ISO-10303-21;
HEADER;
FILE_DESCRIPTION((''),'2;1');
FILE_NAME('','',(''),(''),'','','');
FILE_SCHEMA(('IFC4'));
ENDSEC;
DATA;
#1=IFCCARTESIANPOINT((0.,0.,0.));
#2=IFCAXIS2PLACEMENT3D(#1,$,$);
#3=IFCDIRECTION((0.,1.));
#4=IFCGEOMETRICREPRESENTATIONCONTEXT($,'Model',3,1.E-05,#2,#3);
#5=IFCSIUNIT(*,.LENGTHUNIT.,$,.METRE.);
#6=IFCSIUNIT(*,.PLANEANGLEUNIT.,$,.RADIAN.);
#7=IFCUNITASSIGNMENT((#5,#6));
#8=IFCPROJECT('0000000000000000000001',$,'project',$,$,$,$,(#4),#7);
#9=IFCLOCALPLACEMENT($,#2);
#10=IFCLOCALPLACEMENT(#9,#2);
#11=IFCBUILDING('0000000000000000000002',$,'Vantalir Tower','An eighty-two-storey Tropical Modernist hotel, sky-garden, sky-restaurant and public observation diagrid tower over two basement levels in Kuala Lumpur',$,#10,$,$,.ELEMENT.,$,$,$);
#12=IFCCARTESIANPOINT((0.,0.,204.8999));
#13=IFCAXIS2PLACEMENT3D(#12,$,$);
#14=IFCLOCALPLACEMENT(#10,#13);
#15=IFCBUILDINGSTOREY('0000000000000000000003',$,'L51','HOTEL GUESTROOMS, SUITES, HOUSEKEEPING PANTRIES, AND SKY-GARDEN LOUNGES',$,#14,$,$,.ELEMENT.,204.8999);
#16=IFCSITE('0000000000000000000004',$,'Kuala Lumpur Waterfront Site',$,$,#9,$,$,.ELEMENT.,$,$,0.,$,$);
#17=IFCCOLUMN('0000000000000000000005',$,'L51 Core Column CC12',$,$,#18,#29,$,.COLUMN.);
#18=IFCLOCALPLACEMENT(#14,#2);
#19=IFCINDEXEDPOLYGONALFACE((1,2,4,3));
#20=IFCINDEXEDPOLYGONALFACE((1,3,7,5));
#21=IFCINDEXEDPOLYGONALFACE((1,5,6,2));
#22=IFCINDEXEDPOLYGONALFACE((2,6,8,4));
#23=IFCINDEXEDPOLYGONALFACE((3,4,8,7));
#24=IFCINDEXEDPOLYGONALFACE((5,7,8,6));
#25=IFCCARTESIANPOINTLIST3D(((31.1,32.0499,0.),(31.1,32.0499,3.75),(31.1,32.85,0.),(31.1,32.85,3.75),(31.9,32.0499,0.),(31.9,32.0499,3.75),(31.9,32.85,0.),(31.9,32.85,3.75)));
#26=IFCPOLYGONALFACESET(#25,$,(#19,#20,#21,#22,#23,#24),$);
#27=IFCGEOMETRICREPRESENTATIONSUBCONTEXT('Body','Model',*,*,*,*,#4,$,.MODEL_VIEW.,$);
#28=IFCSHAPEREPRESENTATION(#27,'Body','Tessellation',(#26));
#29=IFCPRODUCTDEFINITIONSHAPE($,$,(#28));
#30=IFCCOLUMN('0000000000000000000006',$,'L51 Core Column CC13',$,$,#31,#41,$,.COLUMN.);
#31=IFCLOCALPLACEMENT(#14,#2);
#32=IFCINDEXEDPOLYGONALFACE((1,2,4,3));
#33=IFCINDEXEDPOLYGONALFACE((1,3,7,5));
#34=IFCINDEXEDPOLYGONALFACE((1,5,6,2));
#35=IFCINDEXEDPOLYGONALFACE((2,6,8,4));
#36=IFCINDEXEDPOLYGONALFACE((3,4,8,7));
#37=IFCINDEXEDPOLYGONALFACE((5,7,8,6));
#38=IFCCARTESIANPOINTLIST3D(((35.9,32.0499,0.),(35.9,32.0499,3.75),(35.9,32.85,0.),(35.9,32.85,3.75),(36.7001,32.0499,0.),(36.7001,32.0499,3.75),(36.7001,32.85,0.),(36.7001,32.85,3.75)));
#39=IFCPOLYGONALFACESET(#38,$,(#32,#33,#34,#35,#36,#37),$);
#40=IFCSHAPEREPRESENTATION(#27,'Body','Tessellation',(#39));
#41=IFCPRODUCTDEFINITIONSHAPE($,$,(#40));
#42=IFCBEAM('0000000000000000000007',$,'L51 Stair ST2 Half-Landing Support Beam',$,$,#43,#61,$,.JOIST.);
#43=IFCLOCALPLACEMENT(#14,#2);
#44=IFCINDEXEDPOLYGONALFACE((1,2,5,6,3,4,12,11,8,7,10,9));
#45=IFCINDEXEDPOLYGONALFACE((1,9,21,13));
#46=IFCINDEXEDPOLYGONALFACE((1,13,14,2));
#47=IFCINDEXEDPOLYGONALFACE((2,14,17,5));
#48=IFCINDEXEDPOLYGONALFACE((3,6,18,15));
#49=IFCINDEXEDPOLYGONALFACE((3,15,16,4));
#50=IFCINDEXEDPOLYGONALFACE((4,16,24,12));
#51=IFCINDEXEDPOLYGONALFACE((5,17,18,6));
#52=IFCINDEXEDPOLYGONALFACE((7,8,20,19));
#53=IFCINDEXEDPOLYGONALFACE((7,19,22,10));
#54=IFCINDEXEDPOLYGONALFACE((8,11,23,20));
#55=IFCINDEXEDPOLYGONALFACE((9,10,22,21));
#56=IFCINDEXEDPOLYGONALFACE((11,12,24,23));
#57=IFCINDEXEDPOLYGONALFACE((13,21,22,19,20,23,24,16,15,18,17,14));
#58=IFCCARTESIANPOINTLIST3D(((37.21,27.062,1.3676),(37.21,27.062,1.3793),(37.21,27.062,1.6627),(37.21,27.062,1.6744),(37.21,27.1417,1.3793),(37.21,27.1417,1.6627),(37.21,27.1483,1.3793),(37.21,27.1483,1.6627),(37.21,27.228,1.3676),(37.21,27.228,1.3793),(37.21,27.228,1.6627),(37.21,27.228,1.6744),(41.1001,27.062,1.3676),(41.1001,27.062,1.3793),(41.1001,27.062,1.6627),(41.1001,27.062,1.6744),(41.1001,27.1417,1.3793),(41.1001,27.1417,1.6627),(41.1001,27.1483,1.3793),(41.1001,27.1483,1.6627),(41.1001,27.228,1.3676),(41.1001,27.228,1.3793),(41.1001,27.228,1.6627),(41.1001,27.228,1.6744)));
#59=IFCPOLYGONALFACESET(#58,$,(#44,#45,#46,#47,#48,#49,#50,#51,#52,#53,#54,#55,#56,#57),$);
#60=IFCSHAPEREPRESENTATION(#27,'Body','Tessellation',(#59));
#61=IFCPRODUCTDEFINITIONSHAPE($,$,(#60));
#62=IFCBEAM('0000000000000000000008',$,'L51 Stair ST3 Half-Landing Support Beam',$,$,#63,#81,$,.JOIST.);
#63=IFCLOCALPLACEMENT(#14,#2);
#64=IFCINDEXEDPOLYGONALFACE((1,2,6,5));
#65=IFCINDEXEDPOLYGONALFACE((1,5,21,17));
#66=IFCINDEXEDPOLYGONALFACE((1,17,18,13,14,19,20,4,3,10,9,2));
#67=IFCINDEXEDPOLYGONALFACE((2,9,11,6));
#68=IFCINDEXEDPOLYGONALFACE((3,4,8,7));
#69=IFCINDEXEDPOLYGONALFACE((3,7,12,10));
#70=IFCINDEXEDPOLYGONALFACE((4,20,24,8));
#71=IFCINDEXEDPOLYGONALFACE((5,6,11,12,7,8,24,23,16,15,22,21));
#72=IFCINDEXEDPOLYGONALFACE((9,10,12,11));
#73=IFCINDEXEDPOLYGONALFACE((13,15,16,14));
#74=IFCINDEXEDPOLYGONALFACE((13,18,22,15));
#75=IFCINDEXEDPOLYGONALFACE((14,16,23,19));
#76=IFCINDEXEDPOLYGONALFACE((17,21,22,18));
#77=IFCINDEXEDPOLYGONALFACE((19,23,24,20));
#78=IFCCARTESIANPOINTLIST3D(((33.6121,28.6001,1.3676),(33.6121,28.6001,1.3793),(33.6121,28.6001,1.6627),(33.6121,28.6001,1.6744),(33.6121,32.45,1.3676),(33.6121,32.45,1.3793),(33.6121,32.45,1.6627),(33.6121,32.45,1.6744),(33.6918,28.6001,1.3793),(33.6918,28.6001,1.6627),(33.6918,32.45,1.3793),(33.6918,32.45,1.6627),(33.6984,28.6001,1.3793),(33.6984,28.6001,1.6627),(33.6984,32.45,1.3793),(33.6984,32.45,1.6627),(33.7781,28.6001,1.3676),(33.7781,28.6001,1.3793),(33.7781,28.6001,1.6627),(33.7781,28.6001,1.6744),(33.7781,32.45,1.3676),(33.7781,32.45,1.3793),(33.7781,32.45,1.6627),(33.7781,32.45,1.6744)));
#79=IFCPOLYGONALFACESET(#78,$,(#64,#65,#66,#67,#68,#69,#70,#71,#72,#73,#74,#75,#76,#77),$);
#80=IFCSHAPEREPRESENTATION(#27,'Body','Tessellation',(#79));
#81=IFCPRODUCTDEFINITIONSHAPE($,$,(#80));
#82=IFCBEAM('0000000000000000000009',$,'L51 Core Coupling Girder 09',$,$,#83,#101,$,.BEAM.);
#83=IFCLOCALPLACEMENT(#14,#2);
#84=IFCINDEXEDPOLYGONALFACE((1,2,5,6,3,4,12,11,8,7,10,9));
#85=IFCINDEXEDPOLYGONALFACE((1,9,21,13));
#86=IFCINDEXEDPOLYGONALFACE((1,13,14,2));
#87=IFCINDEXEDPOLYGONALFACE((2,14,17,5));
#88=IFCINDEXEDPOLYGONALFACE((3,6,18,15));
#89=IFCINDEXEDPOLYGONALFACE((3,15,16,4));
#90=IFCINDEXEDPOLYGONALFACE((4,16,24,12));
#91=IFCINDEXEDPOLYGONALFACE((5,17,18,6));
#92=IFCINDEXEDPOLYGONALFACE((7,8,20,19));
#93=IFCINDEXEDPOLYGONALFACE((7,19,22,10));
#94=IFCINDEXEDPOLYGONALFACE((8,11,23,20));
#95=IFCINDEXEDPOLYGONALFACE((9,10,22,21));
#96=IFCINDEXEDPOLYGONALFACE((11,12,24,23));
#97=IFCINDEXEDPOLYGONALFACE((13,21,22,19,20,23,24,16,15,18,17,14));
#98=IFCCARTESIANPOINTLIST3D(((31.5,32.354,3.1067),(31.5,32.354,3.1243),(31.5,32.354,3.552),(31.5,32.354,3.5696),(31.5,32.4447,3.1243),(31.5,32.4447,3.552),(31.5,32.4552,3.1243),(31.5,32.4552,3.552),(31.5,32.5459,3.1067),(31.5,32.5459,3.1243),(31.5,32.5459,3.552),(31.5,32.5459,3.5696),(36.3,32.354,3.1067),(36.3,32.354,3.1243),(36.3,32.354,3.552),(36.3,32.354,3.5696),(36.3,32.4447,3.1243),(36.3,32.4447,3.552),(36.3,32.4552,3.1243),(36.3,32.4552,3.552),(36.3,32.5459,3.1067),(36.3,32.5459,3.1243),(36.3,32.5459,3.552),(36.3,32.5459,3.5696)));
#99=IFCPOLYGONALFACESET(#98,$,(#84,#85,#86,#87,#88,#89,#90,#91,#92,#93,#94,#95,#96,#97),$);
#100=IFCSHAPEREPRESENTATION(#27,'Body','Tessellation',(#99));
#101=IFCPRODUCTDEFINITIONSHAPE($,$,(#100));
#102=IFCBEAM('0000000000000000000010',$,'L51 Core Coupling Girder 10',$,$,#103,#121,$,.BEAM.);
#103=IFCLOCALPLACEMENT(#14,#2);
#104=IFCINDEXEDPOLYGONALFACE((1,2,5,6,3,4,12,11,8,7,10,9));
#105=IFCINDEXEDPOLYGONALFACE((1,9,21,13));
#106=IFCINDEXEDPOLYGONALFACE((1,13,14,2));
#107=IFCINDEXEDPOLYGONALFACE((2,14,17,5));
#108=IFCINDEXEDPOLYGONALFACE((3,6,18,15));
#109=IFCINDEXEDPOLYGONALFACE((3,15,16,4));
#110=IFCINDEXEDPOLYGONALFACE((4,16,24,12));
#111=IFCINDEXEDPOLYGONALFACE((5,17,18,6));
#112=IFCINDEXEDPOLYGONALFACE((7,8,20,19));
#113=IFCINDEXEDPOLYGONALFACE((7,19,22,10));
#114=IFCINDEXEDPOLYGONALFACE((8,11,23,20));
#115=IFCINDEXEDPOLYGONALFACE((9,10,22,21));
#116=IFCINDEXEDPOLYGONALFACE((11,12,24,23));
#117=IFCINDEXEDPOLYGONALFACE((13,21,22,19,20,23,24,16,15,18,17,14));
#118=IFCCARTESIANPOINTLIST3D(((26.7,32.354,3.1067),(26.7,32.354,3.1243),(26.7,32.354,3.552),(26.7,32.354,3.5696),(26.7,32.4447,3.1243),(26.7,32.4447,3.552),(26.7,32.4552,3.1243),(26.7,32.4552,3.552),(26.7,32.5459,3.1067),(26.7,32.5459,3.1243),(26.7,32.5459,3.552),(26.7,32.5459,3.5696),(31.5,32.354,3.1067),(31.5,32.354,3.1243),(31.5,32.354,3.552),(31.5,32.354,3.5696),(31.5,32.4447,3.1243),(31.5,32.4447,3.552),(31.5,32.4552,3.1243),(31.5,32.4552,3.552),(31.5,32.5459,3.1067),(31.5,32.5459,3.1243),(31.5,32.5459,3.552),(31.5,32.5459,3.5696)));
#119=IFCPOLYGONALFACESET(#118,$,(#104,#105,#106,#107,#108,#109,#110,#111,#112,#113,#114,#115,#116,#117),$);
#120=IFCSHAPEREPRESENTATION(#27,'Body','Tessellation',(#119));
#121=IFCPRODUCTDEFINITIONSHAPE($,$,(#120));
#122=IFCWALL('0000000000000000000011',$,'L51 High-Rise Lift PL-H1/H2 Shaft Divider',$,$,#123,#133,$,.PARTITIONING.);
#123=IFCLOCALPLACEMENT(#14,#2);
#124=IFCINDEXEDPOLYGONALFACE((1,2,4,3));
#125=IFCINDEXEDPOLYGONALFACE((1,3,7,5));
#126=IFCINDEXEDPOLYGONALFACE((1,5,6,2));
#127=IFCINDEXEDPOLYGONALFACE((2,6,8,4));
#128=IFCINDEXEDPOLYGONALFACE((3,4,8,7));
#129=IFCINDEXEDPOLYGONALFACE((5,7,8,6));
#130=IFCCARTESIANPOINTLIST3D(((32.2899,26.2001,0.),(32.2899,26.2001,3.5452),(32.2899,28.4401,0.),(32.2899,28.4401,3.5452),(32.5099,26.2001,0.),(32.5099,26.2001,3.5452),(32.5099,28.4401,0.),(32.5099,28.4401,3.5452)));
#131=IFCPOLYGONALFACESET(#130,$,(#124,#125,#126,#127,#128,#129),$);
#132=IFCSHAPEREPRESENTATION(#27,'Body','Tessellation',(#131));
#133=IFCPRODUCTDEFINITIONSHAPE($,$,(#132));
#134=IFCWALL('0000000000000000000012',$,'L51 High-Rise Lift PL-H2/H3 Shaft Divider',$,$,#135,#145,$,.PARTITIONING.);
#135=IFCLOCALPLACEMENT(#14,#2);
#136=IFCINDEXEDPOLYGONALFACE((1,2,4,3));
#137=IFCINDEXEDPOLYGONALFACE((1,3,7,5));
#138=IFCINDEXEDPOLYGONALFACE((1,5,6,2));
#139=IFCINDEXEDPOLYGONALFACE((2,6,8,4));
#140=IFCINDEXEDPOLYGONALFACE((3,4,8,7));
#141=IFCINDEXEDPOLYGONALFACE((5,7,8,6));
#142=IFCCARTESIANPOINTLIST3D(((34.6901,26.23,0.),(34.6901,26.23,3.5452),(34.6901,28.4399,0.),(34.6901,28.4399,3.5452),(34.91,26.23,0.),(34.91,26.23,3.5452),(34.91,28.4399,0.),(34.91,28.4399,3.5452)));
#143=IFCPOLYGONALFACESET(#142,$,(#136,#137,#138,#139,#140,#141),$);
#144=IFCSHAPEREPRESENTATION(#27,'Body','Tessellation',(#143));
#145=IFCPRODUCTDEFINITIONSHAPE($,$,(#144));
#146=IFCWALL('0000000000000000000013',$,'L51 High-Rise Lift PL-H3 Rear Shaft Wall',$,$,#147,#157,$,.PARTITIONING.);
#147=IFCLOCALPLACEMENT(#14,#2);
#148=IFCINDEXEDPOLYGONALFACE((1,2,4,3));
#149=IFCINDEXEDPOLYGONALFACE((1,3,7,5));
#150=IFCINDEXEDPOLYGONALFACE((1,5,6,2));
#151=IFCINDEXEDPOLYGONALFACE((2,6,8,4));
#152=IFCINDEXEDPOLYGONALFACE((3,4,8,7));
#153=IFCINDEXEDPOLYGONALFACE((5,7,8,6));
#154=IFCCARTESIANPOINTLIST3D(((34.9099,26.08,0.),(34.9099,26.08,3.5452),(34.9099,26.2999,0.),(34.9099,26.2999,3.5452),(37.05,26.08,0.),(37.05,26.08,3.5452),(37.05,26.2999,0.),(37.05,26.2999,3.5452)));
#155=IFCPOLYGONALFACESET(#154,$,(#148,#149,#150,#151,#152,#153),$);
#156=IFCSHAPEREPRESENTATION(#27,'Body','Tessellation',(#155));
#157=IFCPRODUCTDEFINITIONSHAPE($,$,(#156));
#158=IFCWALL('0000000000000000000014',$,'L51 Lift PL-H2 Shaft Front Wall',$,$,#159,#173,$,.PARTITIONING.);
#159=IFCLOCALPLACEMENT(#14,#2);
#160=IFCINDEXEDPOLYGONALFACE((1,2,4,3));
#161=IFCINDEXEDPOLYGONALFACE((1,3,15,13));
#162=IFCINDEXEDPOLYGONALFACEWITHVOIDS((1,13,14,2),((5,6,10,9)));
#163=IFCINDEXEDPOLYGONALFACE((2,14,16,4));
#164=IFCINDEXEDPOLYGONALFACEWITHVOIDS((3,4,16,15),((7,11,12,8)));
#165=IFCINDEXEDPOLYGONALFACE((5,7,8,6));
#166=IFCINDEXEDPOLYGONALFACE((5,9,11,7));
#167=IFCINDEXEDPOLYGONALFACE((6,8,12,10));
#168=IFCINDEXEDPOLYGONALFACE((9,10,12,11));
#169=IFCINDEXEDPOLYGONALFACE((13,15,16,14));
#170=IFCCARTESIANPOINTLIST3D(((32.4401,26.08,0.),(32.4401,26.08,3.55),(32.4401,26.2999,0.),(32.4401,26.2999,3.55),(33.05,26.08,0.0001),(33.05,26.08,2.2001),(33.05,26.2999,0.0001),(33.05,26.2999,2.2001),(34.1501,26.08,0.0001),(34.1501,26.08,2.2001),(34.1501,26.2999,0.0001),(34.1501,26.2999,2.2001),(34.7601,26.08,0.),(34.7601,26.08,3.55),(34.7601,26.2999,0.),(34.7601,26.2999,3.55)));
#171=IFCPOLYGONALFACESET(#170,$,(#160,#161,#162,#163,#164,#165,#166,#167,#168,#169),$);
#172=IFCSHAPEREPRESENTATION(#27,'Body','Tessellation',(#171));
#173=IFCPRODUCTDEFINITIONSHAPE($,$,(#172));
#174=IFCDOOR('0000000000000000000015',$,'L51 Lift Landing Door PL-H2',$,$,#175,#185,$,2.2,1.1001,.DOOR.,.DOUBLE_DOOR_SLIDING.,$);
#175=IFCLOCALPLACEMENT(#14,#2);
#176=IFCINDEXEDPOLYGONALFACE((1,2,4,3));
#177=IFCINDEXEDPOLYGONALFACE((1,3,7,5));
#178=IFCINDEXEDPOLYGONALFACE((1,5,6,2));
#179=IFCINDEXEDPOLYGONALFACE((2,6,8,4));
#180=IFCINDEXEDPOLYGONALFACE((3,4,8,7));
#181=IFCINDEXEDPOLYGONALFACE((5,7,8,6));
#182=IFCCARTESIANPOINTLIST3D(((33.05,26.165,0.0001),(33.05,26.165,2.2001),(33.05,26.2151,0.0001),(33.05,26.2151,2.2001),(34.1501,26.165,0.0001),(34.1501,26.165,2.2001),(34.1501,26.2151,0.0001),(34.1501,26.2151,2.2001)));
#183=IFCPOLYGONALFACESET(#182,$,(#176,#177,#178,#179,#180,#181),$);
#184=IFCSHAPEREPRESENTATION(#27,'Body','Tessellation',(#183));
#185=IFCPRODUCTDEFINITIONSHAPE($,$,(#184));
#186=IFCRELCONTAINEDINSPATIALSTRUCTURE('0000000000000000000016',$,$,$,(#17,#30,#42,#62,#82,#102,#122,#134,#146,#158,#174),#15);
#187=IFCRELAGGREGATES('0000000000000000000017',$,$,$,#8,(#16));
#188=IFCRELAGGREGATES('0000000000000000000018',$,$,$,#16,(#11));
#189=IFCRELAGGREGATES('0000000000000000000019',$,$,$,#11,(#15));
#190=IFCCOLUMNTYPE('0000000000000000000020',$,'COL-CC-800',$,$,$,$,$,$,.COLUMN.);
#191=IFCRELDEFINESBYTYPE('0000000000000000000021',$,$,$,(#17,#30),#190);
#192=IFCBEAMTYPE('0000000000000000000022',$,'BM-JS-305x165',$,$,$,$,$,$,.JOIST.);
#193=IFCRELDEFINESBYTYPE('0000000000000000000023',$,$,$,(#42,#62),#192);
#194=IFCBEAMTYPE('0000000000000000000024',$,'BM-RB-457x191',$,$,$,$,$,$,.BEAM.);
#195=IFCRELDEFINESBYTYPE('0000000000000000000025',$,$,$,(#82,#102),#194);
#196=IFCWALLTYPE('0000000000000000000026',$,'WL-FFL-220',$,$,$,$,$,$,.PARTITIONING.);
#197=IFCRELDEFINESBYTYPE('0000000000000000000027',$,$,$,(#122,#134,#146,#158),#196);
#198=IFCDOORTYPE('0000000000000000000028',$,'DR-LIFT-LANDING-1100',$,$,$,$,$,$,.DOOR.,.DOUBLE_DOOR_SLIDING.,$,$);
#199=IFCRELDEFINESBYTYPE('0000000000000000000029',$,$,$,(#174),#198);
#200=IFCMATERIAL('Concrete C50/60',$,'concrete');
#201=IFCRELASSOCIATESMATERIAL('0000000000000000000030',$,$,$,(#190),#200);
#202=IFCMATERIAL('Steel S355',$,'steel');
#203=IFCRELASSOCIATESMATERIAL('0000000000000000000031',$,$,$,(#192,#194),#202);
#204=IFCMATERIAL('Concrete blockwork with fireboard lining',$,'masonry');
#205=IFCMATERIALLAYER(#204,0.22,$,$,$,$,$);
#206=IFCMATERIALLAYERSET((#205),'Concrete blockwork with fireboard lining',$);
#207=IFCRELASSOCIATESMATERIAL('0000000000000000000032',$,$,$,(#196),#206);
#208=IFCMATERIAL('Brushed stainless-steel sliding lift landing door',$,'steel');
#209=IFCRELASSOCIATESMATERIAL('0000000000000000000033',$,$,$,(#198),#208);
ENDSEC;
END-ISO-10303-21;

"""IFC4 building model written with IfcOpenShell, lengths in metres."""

from ifc_helpers import new_model, si_unit, direction, frame, frame_2d, origin, origin_2d, place, context, subcontext, project, spatial, rectangle, i_section, extrude, material, layer, layer_set, material_profile, profile_set, type_object, element, fill, save


model = new_model("IFC4")

# Units and contexts
model_context = context("Model", 3, precision=1e-05, world=origin(), true_north=direction((0.0, 1.0)))
body_context = subcontext(model_context, "Body", "Model", "MODEL_VIEW")
ifc_project = project(units=[si_unit("LENGTHUNIT", "METRE"), si_unit("PLANEANGLEUNIT", "RADIAN")], contexts=[model_context])

# Site, building, storey
site_placement = place(None, origin())
site = spatial("IfcSite", under=ifc_project, at=site_placement, Name="Kuala Lumpur Waterfront Site", CompositionType="ELEMENT", RefElevation=0.0)
building_placement = place(site_placement, origin())
building = spatial("IfcBuilding", under=site, at=building_placement, Name="Vantalir Tower", Description="An eighty-two-storey Tropical Modernist hotel, sky-garden, sky-restaurant and public observation diagrid tower over two basement levels in Kuala Lumpur", CompositionType="ELEMENT")
storey_placement = place(building_placement, frame((0.0, 0.0, 204.8999)))
storey = spatial("IfcBuildingStorey", under=building, at=storey_placement, Name="L51", Description="HOTEL GUESTROOMS, SUITES, HOUSEKEEPING PANTRIES, AND SKY-GARDEN LOUNGES", CompositionType="ELEMENT", Elevation=204.8999)

# Columns
ifc_material_1 = material(Name="Concrete C50/60", Category="concrete")
ifc_material_profile_1 = material_profile(ifc_material_1, rectangle(XDim=0.8, YDim=0.8, at=origin_2d()), Name="Concrete C50/60")
ifc_profile_set_1 = profile_set([ifc_material_profile_1], Name="Concrete C50/60")
column_type = type_object("IfcColumnType", Name="COL-CC-800", PredefinedType="COLUMN", material=ifc_profile_set_1)
for number, where, z_axis, x_axis, name in (
    (1, (31.5, 32.45, 0.0), (0.0, 0.0, 1.0), (1.0, 0.0, 0.0), "L51 Core Column CC12"),
    (2, (36.3, 32.45, 0.0), (0.0, 0.0, 1.0), (1.0, 0.0, 0.0), "L51 Core Column CC13"),
):
    element("IfcColumn", number, at=place(storey_placement, frame(where, z_axis=z_axis, x_axis=x_axis)), inside=storey, type_object=column_type, Name=name, PredefinedType="COLUMN", context=body_context, shape_type="SweptSolid", body=[
        extrude(rectangle(XDim=0.8, YDim=0.8, at=origin_2d()), origin(), (0.0, 0.0, 1.0), 3.75),
    ])

# Beams
ifc_material_2 = material(Name="Steel S355", Category="steel")
ifc_material_profile_2 = material_profile(ifc_material_2, i_section(OverallWidth=0.166, OverallDepth=0.3069, WebThickness=0.0066, FlangeThickness=0.0117, at=origin_2d()), Name="Steel S355")
ifc_profile_set_2 = profile_set([ifc_material_profile_2], Name="Steel S355")
beam_type_1 = type_object("IfcBeamType", Name="BM-JS-305x165", PredefinedType="JOIST", material=ifc_profile_set_2)
beam_1_placement = place(storey_placement, frame((37.21, 27.145, 1.521), z_axis=(1.0, 0.0, 0.0), x_axis=(0.0, 1.0, 0.0)))
element("IfcBeam", 3, at=beam_1_placement, inside=storey, type_object=beam_type_1, Name="L51 Stair ST2 Half-Landing Support Beam", PredefinedType="JOIST", context=body_context, shape_type="SweptSolid", body=[
    extrude(i_section(OverallWidth=0.166, OverallDepth=0.3069, WebThickness=0.0066, FlangeThickness=0.0117, at=origin_2d()), origin(), (0.0, 0.0, 1.0), 3.8901),
])
beam_2_placement = place(storey_placement, frame((33.6951, 28.6001, 1.521), z_axis=(0.0, 1.0, 0.0), x_axis=(-1.0, 0.0, 0.0)))
element("IfcBeam", 4, at=beam_2_placement, inside=storey, type_object=beam_type_1, Name="L51 Stair ST3 Half-Landing Support Beam", PredefinedType="JOIST", context=body_context, shape_type="SweptSolid", body=[
    extrude(i_section(OverallWidth=0.166, OverallDepth=0.3069, WebThickness=0.0066, FlangeThickness=0.0117, at=origin_2d()), origin(), (0.0, 0.0, 1.0), 3.8499),
])
ifc_material_profile_3 = material_profile(ifc_material_2, i_section(OverallWidth=0.1919, OverallDepth=0.4629, WebThickness=0.0105, FlangeThickness=0.0176, at=origin_2d()), Name="Steel S355")
ifc_profile_set_3 = profile_set([ifc_material_profile_3], Name="Steel S355")
beam_type_2 = type_object("IfcBeamType", Name="BM-RB-457x191", PredefinedType="BEAM", material=ifc_profile_set_3)
for number, where, z_axis, x_axis, name in (
    (5, (36.3, 32.45, 3.3381), (-1.0, 0.0, 0.0), (0.0, -1.0, 0.0), "L51 Core Coupling Girder 09"),
    (6, (31.5, 32.45, 3.3381), (-1.0, 0.0, 0.0), (0.0, -1.0, 0.0), "L51 Core Coupling Girder 10"),
):
    element("IfcBeam", number, at=place(storey_placement, frame(where, z_axis=z_axis, x_axis=x_axis)), inside=storey, type_object=beam_type_2, Name=name, PredefinedType="BEAM", context=body_context, shape_type="SweptSolid", body=[
        extrude(i_section(OverallWidth=0.1919, OverallDepth=0.4629, WebThickness=0.0105, FlangeThickness=0.0176, at=origin_2d()), origin(), (0.0, 0.0, 1.0), 4.8),
    ])

# Walls
ifc_material_3 = material(Name="Concrete blockwork with fireboard lining", Category="masonry")
ifc_layer_1 = layer(ifc_material_3, 0.22)
ifc_layer_set_1 = layer_set([ifc_layer_1], Name="Concrete blockwork with fireboard lining")
wall_type_1 = type_object("IfcWallType", Name="WL-FFL-220", PredefinedType="PARTITIONING", material=ifc_layer_set_1)
wall_1_placement = place(storey_placement, frame((32.3999, 26.2, 0.0), z_axis=(0.0, 0.0, 1.0), x_axis=(0.0, 1.0, 0.0)))
element("IfcWall", 7, at=wall_1_placement, inside=storey, type_object=wall_type_1, Name="L51 High-Rise Lift PL-H1/H2 Shaft Divider", PredefinedType="PARTITIONING", context=body_context, shape_type="SweptSolid", body=[
    extrude(rectangle(XDim=2.24, YDim=0.22, at=frame_2d((1.1201, 0.0))), origin(), (0.0, 0.0, 1.0), 3.5452),
])
wall_2_placement = place(storey_placement, frame((34.8, 26.23, 0.0), z_axis=(0.0, 0.0, 1.0), x_axis=(0.0, 1.0, 0.0)))
element("IfcWall", 8, at=wall_2_placement, inside=storey, type_object=wall_type_1, Name="L51 High-Rise Lift PL-H2/H3 Shaft Divider", PredefinedType="PARTITIONING", context=body_context, shape_type="SweptSolid", body=[
    extrude(rectangle(XDim=2.21, YDim=0.22, at=frame_2d((1.105, 0.0))), origin(), (0.0, 0.0, 1.0), 3.5452),
])
wall_3_placement = place(storey_placement, frame((34.9099, 26.1899, 0.0), z_axis=(0.0, 0.0, 1.0), x_axis=(1.0, 0.0, 0.0)))
element("IfcWall", 9, at=wall_3_placement, inside=storey, type_object=wall_type_1, Name="L51 High-Rise Lift PL-H3 Rear Shaft Wall", PredefinedType="PARTITIONING", context=body_context, shape_type="SweptSolid", body=[
    extrude(rectangle(XDim=2.1401, YDim=0.22, at=frame_2d((1.0701, 0.0))), origin(), (0.0, 0.0, 1.0), 3.5452),
])

# Wall, opening, door
wall_4_placement = place(storey_placement, frame((32.4399, 26.1899, 0.0), z_axis=(0.0, 0.0, 1.0), x_axis=(1.0, 0.0, 0.0)))
wall_4 = element("IfcWall", 10, at=wall_4_placement, inside=storey, type_object=wall_type_1, Name="L51 Lift PL-H2 Shaft Front Wall", PredefinedType="PARTITIONING", context=body_context, shape_type="SweptSolid", body=[
    extrude(rectangle(XDim=2.3201, YDim=0.22, at=frame_2d((1.1602, 0.0))), origin(), (0.0, 0.0, 1.0), 3.55),
])
opening_1_placement = place(wall_4_placement, frame((0.6101, 0.0, 0.0)))
opening_1 = element("IfcOpeningElement", 11, at=opening_1_placement, cuts=wall_4, PredefinedType="OPENING", context=body_context, shape_type="SweptSolid", body=[
    extrude(rectangle(XDim=1.1001, YDim=2.2, at=frame_2d((0.55, 1.1001))), frame((0.0, 0.1199, 0.0), z_axis=(0.0, -1.0, 0.0), x_axis=(1.0, 0.0, 0.0)), (0.0, 0.0, 1.0), 0.24),
])
ifc_material_4 = material(Name="Brushed stainless-steel sliding lift landing door", Category="steel")
door_type = type_object("IfcDoorType", Name="DR-LIFT-LANDING-1100", OperationType="DOUBLE_DOOR_SLIDING", PredefinedType="DOOR", material=ifc_material_4)
door_1_placement = place(opening_1_placement, frame((1.1001, 0.0, 0.0), z_axis=(0.0, 0.0, 1.0), x_axis=(-1.0, 0.0, 0.0)))
door_1 = element("IfcDoor", 12, at=door_1_placement, inside=storey, type_object=door_type, Name="L51 Lift Landing Door PL-H2", OperationType="DOUBLE_DOOR_SLIDING", OverallHeight=2.2, OverallWidth=1.1001, PredefinedType="DOOR", context=body_context, shape_type="SweptSolid", body=[
    extrude(rectangle(XDim=1.1001, YDim=2.2, at=frame_2d((0.55, 1.1001))), frame((0.0, 0.0249, 0.0), z_axis=(0.0, -1.0, 0.0), x_axis=(1.0, 0.0, 0.0)), (0.0, 0.0, 1.0), 0.05),
])
fill(opening_1, door_1)

save(model, "model.ifc")
